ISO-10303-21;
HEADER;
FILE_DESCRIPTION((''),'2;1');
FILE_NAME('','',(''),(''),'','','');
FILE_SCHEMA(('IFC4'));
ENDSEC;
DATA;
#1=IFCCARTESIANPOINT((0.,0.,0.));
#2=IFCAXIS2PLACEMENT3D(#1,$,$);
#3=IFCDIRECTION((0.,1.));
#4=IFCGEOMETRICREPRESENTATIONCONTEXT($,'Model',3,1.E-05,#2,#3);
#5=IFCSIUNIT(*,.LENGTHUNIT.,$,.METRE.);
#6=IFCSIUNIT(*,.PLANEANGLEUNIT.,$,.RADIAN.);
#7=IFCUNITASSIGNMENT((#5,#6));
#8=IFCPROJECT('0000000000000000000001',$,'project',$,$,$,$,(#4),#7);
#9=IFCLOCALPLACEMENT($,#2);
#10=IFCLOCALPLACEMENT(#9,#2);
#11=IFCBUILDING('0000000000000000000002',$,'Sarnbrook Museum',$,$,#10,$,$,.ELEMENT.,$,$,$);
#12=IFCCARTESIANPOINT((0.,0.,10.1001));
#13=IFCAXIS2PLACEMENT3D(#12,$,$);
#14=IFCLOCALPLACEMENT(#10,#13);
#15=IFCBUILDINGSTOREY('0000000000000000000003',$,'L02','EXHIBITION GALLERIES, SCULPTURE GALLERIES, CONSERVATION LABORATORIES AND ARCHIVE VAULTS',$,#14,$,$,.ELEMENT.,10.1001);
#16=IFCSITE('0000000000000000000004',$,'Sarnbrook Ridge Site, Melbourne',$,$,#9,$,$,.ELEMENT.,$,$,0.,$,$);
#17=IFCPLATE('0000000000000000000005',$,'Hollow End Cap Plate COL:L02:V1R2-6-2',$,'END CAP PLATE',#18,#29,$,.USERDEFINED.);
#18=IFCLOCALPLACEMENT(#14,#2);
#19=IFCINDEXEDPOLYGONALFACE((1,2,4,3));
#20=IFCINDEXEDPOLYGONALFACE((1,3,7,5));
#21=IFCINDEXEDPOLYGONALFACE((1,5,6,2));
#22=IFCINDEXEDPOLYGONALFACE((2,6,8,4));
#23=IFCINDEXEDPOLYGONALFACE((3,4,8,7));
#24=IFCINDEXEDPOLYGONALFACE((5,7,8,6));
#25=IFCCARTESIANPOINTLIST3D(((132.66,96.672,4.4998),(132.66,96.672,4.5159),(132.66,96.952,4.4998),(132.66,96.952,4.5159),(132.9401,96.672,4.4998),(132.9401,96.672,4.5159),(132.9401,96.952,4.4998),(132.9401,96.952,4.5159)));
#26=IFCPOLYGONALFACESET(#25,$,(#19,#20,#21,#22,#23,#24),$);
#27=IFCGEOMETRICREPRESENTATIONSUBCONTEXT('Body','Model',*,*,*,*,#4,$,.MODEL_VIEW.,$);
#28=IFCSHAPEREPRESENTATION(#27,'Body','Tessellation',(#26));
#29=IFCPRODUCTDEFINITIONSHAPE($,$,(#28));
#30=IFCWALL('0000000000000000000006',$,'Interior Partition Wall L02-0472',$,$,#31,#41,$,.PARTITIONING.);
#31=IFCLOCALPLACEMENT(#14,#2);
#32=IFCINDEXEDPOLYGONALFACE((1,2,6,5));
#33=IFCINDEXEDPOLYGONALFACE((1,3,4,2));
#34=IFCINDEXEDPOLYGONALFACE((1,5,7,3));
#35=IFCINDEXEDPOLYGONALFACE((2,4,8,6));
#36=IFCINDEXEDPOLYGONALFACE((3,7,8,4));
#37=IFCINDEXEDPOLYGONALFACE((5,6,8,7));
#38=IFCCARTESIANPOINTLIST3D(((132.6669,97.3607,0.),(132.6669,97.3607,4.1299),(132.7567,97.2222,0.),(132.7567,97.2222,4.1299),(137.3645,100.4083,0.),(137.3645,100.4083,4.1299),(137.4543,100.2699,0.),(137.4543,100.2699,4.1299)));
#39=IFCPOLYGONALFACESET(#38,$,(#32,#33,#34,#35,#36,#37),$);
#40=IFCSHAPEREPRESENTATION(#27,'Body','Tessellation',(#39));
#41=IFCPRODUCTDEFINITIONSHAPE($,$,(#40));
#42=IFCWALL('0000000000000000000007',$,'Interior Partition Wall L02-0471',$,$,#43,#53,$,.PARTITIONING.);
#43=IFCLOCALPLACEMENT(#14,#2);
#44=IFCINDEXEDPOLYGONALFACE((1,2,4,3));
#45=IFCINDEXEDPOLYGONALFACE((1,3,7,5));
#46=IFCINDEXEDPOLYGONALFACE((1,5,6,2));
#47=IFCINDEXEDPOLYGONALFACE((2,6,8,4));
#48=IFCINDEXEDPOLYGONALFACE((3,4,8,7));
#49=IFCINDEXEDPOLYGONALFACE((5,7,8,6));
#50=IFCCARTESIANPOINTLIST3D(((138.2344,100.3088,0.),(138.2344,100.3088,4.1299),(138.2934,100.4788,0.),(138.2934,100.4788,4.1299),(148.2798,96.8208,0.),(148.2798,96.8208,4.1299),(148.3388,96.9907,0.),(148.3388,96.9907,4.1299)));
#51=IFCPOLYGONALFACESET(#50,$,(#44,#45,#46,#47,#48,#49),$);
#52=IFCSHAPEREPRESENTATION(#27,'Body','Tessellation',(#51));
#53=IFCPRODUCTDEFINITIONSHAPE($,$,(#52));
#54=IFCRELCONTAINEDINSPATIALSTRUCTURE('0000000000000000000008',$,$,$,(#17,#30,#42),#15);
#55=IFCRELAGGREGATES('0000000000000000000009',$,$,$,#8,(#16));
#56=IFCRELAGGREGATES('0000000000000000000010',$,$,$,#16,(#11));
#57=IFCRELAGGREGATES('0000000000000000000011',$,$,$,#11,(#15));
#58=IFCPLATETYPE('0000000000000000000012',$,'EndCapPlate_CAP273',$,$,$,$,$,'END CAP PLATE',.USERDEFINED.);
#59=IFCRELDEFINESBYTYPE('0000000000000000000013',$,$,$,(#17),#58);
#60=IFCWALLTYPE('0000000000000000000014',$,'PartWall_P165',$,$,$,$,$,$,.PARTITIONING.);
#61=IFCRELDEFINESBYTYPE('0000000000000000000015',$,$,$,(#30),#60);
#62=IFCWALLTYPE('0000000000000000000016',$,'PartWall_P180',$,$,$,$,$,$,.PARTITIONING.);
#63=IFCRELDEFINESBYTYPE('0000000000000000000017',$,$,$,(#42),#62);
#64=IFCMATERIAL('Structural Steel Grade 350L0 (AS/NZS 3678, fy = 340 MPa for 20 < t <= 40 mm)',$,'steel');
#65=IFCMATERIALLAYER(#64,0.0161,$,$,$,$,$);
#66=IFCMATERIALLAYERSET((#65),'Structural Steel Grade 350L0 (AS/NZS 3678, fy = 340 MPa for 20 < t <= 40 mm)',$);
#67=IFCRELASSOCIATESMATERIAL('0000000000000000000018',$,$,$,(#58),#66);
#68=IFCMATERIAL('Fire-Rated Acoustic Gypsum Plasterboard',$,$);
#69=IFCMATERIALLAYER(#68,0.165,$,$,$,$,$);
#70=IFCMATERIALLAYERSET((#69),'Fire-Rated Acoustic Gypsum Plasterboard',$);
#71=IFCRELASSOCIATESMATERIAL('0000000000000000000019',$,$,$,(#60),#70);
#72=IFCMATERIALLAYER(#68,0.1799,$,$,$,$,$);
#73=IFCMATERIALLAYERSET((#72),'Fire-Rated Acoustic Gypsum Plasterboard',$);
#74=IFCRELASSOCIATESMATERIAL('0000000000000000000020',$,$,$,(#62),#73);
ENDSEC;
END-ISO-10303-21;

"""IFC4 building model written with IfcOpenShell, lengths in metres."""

from ifc_helpers import new_model, si_unit, direction, frame, frame_2d, origin, origin_2d, place, context, subcontext, project, spatial, rectangle, extrude, material, layer, layer_set, type_object, element, save


model = new_model("IFC4")

# Units and contexts
model_context = context("Model", 3, precision=1e-05, world=origin(), true_north=direction((0.0, 1.0)))
body_context = subcontext(model_context, "Body", "Model", "MODEL_VIEW")
ifc_project = project(units=[si_unit("LENGTHUNIT", "METRE"), si_unit("PLANEANGLEUNIT", "RADIAN")], contexts=[model_context])

# Site, building, storey
site_placement = place(None, origin())
site = spatial("IfcSite", under=ifc_project, at=site_placement, Name="Sarnbrook Ridge Site, Melbourne", CompositionType="ELEMENT", RefElevation=0.0)
building_placement = place(site_placement, origin())
building = spatial("IfcBuilding", under=site, at=building_placement, Name="Sarnbrook Museum", CompositionType="ELEMENT")
storey_placement = place(building_placement, frame((0.0, 0.0, 10.1001)))
storey = spatial("IfcBuildingStorey", under=building, at=storey_placement, Name="L02", Description="EXHIBITION GALLERIES, SCULPTURE GALLERIES, CONSERVATION LABORATORIES AND ARCHIVE VAULTS", CompositionType="ELEMENT", Elevation=10.1001)

# Shared definitions
ifc_material_1 = material(Name="Structural Steel Grade 350L0 (AS/NZS 3678, fy = 340 MPa for 20 < t <= 40 mm)", Category="steel")

# Plate
ifc_layer_1 = layer(ifc_material_1, 0.0161)
ifc_layer_set_1 = layer_set([ifc_layer_1], Name="Structural Steel Grade 350L0 (AS/NZS 3678, fy = 340 MPa for 20 < t <= 40 mm)")
plate_type_1 = type_object("IfcPlateType", Name="EndCapPlate_CAP273", ElementType="END CAP PLATE", PredefinedType="USERDEFINED", material=ifc_layer_set_1)
for number, where, z_axis, x_axis, name in (
    (1, (132.8, 96.812, 4.4998), (0.0, 0.0, 1.0), (1.0, 0.0, 0.0), "Hollow End Cap Plate COL:L02:V1R2-6-2"),
):
    element("IfcPlate", number, at=place(storey_placement, frame(where, z_axis=z_axis, x_axis=x_axis)), inside=storey, type_object=plate_type_1, Name=name, ObjectType="END CAP PLATE", PredefinedType="USERDEFINED", context=body_context, shape_type="SweptSolid", body=[
        extrude(rectangle(XDim=0.28, YDim=0.28, at=origin_2d()), origin(), (0.0, 0.0, 1.0), 0.0161),
    ])

# Walls
ifc_material_2 = material(Name="Fire-Rated Acoustic Gypsum Plasterboard")
ifc_layer_2 = layer(ifc_material_2, 0.165)
ifc_layer_set_2 = layer_set([ifc_layer_2], Name="Fire-Rated Acoustic Gypsum Plasterboard")
wall_type_1 = type_object("IfcWallType", Name="PartWall_P165", PredefinedType="PARTITIONING", material=ifc_layer_set_2)
wall_1_placement = place(storey_placement, frame((137.4094, 100.3391, 0.0), z_axis=(0.0, 0.0, 1.0), x_axis=(-0.838914, -0.544263, 0.0)))
element("IfcWall", 2, at=wall_1_placement, inside=storey, type_object=wall_type_1, Name="Interior Partition Wall L02-0472", PredefinedType="PARTITIONING", context=body_context, shape_type="SweptSolid", body=[
    extrude(rectangle(XDim=5.5996, YDim=0.165, at=frame_2d((2.7998, 0.0))), origin(), (0.0, 0.0, 1.0), 4.1299),
])
ifc_layer_3 = layer(ifc_material_2, 0.1799)
ifc_layer_set_3 = layer_set([ifc_layer_3], Name="Fire-Rated Acoustic Gypsum Plasterboard")
wall_type_2 = type_object("IfcWallType", Name="PartWall_P180", PredefinedType="PARTITIONING", material=ifc_layer_set_3)
wall_2_placement = place(storey_placement, frame((148.3093, 96.9058, 0.0), z_axis=(0.0, 0.0, 1.0), x_axis=(-0.944672, 0.328016, 0.0)))
element("IfcWall", 3, at=wall_2_placement, inside=storey, type_object=wall_type_2, Name="Interior Partition Wall L02-0471", PredefinedType="PARTITIONING", context=body_context, shape_type="SweptSolid", body=[
    extrude(rectangle(XDim=10.6338, YDim=0.1799, at=frame_2d((5.3169, 0.0))), origin(), (0.0, 0.0, 1.0), 4.1299),
])

save(model, "model.ifc")
